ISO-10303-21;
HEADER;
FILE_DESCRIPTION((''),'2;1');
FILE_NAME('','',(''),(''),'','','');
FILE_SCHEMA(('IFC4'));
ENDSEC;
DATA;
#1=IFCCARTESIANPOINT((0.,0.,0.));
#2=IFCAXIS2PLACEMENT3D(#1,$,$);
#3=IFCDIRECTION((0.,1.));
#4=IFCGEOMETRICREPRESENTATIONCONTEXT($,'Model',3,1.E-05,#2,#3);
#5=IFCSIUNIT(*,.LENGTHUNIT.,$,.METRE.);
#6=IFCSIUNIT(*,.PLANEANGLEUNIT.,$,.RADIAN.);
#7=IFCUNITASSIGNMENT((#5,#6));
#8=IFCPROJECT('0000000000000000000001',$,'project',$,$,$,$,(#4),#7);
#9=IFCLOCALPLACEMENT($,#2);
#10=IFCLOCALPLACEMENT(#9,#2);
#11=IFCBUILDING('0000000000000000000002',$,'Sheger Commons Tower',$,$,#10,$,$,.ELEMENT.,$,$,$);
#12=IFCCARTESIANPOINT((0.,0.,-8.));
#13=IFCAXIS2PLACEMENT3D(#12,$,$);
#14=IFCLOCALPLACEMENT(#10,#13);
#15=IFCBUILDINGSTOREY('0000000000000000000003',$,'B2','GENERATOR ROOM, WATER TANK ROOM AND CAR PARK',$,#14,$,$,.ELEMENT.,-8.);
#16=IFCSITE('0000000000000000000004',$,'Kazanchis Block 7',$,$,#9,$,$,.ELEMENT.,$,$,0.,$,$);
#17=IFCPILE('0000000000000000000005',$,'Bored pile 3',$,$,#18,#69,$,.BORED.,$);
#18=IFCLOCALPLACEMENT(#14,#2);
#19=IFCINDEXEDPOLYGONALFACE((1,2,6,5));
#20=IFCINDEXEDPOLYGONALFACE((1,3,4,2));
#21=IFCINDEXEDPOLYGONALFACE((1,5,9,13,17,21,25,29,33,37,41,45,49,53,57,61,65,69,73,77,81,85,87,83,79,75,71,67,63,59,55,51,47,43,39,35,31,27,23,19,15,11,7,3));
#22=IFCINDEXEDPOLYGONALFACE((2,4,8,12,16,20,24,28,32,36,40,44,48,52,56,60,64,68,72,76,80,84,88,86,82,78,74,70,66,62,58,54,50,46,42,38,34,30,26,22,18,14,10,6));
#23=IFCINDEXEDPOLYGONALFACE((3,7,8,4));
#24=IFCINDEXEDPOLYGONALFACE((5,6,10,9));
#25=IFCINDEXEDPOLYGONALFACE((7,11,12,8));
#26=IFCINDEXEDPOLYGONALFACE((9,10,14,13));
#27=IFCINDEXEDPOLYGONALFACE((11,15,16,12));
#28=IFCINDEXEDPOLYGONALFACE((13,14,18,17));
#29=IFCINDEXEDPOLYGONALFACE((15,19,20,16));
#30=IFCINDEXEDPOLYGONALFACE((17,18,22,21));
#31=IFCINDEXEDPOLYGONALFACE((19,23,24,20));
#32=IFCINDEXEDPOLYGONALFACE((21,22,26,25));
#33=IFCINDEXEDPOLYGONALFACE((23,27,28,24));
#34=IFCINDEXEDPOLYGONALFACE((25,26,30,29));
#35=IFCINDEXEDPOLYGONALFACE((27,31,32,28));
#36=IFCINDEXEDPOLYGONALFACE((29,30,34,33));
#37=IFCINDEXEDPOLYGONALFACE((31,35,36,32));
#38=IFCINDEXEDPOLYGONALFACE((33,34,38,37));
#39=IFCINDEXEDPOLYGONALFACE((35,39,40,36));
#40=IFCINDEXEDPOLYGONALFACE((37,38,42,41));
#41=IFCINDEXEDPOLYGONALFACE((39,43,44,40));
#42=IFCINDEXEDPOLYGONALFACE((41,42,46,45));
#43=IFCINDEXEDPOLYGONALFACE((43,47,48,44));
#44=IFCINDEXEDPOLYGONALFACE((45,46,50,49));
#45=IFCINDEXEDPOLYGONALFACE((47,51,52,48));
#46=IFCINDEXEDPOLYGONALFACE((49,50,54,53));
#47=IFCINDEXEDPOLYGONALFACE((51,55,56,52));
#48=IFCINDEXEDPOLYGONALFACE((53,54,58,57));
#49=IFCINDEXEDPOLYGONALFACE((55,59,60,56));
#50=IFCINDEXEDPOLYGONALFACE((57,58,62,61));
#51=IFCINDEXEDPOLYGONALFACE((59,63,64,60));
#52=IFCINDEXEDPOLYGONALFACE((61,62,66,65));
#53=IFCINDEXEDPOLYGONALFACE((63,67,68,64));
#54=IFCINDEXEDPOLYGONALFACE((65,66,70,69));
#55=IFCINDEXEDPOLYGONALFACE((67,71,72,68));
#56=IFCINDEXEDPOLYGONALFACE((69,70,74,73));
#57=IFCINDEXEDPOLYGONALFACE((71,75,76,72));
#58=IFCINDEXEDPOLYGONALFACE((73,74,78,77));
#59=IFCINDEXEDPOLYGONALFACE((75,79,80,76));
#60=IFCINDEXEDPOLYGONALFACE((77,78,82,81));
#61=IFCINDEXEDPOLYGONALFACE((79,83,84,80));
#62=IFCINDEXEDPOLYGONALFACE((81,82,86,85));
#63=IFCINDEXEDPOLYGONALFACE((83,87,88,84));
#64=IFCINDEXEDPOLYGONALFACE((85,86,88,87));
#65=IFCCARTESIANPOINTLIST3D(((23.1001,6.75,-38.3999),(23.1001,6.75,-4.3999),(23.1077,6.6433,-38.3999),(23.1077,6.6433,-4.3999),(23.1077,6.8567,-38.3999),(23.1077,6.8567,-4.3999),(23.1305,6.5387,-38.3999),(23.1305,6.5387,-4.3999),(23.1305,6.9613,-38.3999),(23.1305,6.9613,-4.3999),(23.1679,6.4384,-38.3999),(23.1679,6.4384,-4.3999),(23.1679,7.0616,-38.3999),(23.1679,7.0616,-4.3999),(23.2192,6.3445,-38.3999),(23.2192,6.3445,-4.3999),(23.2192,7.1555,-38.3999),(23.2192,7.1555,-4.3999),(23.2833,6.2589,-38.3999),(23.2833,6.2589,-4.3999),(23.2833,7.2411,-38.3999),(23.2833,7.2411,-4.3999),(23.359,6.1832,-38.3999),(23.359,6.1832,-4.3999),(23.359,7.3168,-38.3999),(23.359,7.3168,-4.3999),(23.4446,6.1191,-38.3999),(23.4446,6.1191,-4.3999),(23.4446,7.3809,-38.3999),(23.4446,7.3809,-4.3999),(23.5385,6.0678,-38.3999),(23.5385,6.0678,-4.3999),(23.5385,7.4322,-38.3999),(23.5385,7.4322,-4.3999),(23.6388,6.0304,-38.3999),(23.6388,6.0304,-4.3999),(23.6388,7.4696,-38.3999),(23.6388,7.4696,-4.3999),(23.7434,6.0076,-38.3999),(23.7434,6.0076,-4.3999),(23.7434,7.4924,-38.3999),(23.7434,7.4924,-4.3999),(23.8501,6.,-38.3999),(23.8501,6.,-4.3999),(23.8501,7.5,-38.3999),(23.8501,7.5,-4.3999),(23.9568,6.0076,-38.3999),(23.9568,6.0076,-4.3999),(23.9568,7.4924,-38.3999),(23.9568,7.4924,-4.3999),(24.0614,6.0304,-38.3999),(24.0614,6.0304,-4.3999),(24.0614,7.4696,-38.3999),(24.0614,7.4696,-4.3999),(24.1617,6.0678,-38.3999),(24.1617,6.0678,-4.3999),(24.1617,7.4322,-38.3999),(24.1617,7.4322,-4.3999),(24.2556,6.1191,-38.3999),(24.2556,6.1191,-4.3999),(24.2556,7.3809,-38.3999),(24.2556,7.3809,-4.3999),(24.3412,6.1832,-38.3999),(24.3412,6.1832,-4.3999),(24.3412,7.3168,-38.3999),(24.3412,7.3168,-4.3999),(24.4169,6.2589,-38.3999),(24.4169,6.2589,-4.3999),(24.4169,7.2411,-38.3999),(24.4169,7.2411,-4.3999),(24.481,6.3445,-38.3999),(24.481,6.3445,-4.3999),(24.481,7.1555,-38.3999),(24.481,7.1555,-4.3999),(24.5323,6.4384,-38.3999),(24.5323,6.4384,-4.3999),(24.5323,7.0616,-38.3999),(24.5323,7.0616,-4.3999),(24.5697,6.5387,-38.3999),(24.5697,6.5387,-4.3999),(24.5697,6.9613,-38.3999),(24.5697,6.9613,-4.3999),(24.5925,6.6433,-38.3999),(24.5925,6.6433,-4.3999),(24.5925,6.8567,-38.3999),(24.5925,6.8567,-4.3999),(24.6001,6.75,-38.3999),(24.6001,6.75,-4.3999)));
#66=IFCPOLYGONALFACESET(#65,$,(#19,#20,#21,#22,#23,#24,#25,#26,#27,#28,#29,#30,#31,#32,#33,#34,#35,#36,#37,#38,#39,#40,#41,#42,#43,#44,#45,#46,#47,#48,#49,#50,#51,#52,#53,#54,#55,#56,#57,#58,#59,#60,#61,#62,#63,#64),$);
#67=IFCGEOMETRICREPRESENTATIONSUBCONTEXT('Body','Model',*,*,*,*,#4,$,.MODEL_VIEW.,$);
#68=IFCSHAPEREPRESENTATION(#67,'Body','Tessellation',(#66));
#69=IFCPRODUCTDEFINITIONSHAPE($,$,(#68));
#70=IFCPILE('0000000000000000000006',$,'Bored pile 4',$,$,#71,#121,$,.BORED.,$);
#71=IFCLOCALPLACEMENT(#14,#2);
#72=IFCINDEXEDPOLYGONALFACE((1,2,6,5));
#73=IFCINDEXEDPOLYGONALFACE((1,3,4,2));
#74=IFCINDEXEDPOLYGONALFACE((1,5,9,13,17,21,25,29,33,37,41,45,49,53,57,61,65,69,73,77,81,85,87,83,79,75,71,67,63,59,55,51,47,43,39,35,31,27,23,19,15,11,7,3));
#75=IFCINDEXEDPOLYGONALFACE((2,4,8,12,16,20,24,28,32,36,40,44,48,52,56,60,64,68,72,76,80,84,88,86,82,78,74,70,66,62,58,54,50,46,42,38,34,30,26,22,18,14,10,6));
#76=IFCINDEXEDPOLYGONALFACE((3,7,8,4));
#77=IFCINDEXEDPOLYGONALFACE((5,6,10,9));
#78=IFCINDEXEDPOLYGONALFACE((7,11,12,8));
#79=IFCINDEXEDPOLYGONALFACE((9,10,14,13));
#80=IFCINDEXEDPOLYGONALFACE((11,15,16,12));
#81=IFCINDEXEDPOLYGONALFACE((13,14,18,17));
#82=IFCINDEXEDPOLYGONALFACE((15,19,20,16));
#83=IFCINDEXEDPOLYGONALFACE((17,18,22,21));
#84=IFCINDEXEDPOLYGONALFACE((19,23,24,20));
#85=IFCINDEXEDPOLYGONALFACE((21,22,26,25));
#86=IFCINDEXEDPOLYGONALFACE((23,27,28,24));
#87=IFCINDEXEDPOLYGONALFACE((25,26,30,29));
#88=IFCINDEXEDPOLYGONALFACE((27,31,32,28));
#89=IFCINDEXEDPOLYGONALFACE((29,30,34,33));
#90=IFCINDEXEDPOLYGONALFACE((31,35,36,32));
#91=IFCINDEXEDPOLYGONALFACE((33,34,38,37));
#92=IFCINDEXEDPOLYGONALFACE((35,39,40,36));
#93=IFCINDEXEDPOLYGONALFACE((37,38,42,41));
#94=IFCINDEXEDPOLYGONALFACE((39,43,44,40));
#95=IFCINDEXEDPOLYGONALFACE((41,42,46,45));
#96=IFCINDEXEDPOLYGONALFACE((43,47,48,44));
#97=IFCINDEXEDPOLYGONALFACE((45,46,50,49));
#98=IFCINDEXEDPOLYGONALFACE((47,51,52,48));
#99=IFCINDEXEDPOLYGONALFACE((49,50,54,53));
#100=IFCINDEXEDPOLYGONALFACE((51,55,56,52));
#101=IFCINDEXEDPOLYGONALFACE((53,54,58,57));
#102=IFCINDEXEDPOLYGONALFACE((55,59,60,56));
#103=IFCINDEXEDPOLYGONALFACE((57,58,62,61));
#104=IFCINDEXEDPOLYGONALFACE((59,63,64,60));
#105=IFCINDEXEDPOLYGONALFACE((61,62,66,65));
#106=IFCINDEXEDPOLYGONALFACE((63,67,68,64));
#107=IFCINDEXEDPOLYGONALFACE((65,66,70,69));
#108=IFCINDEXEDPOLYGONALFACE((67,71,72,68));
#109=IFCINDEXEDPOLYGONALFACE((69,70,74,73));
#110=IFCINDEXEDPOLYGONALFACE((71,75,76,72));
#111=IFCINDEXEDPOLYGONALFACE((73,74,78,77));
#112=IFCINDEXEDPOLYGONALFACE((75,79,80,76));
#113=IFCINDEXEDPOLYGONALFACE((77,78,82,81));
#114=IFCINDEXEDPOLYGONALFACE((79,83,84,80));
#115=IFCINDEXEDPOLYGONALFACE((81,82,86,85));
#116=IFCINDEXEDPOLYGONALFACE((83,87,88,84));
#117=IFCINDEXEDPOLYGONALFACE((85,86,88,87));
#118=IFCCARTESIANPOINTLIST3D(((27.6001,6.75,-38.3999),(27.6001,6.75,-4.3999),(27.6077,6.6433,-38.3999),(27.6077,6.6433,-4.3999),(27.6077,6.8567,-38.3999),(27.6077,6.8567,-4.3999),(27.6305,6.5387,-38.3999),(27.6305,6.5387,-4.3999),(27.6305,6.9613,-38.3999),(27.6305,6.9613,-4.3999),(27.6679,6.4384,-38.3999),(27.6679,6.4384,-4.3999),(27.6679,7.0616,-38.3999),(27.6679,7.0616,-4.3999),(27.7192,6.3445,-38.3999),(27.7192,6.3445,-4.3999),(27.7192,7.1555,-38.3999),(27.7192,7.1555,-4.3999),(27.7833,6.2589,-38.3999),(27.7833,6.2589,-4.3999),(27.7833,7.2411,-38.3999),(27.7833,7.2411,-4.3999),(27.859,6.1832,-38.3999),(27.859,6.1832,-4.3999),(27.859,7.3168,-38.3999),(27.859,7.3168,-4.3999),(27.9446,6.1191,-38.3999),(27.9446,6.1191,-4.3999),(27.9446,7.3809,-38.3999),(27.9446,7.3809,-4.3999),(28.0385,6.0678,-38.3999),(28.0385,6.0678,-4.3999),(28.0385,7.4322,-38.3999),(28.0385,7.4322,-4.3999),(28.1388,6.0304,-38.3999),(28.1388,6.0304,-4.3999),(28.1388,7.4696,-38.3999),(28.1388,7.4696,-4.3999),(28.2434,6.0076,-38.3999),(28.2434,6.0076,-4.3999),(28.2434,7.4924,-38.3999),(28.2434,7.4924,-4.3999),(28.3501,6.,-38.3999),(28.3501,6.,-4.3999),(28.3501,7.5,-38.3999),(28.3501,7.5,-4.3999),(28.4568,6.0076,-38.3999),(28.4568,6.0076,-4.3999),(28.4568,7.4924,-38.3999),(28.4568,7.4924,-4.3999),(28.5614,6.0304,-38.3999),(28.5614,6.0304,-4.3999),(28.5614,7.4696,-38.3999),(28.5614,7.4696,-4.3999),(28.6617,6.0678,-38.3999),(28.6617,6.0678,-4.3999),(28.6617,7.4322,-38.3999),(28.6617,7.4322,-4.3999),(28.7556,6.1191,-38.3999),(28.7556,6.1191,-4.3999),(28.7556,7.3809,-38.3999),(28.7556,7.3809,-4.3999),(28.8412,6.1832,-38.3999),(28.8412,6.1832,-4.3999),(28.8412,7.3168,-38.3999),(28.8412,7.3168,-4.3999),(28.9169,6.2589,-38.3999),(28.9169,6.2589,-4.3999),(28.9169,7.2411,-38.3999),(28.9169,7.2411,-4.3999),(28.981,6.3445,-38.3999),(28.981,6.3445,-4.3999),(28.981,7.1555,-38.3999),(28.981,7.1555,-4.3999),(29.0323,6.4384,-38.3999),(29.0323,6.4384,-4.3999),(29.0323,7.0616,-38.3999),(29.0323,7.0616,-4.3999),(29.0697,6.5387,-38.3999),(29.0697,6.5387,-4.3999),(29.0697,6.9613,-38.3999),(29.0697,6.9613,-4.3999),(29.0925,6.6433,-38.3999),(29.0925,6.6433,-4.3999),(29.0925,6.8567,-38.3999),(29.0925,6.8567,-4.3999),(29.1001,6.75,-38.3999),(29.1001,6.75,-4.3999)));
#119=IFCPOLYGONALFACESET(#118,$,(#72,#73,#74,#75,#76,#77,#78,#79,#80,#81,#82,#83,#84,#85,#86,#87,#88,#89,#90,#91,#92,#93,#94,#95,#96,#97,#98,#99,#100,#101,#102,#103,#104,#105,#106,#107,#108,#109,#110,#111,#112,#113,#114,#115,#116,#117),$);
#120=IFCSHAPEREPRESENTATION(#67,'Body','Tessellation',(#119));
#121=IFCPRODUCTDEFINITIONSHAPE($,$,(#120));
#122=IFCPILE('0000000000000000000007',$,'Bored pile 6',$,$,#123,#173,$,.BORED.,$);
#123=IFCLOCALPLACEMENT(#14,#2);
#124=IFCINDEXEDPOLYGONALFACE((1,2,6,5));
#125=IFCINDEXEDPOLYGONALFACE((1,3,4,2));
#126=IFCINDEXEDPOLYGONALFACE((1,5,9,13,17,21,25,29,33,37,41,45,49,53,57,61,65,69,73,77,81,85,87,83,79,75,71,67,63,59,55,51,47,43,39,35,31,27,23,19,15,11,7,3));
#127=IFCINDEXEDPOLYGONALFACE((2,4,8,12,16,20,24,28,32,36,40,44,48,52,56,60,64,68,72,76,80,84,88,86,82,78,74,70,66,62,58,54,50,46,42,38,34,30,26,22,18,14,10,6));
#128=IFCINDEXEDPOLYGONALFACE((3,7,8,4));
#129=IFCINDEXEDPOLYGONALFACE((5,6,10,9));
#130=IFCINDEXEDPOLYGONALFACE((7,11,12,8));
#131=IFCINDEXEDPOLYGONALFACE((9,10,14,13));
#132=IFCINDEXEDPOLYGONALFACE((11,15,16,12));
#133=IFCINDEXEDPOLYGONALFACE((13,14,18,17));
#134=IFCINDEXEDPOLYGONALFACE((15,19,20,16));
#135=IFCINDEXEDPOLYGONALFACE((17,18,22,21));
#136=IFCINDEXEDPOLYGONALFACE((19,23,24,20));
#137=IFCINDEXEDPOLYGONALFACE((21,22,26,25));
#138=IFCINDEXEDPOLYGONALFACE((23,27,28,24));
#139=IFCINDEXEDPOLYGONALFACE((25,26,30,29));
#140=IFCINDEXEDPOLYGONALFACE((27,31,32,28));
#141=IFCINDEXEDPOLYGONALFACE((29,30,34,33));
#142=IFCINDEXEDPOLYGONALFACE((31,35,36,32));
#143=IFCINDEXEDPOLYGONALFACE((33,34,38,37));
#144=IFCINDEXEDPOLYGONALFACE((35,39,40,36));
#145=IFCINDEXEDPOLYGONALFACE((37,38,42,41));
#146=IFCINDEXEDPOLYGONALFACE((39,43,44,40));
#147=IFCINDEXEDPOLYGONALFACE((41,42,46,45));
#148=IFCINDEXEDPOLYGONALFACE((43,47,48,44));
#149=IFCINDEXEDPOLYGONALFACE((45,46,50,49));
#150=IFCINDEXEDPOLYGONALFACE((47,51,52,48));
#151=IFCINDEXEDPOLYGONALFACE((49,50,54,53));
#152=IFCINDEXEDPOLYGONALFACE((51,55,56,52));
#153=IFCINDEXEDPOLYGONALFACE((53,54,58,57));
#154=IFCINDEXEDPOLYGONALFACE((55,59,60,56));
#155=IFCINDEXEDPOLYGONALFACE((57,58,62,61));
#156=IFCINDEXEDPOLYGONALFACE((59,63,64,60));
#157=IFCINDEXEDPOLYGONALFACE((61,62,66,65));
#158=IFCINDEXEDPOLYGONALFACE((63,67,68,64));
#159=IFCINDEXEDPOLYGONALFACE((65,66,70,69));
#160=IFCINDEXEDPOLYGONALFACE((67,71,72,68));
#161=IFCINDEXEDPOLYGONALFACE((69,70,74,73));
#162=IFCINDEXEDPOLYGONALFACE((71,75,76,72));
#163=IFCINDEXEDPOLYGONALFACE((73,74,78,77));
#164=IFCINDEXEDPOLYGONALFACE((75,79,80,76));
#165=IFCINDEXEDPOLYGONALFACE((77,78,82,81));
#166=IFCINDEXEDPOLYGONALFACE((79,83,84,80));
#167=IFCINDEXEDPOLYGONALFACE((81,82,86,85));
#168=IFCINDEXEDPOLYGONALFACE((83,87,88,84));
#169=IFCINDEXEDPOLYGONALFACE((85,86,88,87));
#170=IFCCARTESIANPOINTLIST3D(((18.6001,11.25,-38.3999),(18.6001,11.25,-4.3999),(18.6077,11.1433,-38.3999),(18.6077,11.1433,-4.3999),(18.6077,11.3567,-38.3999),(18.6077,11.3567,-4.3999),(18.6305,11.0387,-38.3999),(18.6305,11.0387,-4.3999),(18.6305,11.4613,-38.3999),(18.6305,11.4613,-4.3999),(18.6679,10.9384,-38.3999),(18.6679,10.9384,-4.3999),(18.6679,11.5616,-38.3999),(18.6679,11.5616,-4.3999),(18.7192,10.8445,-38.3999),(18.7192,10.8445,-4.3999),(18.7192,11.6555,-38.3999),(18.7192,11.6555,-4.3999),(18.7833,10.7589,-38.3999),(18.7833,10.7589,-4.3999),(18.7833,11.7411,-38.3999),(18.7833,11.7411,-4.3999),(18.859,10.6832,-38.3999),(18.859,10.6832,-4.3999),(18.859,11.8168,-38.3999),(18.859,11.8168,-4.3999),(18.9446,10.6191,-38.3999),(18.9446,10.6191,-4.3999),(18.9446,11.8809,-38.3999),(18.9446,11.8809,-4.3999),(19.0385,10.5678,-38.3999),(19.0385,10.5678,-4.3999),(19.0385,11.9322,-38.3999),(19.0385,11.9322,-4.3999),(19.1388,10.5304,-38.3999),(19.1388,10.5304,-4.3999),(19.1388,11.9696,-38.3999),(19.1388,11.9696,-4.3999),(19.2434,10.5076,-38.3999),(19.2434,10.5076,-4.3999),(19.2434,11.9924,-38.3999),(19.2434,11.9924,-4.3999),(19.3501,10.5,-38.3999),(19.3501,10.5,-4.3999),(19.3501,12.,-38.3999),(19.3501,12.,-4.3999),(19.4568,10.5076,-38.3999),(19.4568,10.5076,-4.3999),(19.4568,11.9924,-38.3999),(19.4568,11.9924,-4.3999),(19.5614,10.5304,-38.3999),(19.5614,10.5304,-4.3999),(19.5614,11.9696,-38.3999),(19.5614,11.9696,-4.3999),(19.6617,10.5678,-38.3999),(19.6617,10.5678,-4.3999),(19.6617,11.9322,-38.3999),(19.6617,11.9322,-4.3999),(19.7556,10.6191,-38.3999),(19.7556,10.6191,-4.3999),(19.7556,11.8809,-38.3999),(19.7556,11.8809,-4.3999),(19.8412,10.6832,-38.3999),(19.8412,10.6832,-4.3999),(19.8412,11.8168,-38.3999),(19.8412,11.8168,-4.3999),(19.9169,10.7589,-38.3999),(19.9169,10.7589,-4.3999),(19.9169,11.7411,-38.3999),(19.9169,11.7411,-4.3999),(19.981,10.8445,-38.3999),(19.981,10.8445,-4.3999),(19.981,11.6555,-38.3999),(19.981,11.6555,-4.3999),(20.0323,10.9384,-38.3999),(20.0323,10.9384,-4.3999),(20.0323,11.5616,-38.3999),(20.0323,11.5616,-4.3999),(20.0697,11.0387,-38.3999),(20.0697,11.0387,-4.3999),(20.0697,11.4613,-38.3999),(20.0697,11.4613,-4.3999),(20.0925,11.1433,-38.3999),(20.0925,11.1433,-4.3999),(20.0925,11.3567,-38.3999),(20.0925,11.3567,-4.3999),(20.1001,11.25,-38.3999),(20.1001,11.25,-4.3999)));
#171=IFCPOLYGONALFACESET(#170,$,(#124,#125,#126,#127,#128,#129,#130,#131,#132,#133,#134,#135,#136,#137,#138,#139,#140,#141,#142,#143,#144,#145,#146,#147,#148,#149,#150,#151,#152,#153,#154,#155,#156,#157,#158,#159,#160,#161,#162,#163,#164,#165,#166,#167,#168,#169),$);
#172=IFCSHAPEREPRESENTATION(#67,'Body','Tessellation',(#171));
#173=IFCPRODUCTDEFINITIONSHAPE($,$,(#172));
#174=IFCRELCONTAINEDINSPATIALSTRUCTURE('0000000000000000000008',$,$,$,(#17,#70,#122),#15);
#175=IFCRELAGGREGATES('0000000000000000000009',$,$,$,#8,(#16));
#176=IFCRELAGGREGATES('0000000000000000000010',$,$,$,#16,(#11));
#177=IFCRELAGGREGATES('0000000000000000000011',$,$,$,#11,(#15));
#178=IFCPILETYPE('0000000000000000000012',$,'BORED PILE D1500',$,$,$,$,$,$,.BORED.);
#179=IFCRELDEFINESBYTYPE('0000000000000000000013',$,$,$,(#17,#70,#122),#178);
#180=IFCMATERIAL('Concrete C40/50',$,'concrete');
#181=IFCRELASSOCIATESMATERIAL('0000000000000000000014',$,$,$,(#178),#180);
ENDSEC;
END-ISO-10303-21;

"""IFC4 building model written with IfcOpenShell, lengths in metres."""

from ifc_helpers import new_model, si_unit, direction, frame, origin, origin_2d, place, context, subcontext, project, spatial, circle, extrude, material, material_profile, profile_set, type_object, element, save


model = new_model("IFC4")

# Units and contexts
model_context = context("Model", 3, precision=1e-05, world=origin(), true_north=direction((0.0, 1.0)))
body_context = subcontext(model_context, "Body", "Model", "MODEL_VIEW")
ifc_project = project(units=[si_unit("LENGTHUNIT", "METRE"), si_unit("PLANEANGLEUNIT", "RADIAN")], contexts=[model_context])

# Site, building, storey
site_placement = place(None, origin())
site = spatial("IfcSite", under=ifc_project, at=site_placement, Name="Kazanchis Block 7", CompositionType="ELEMENT", RefElevation=0.0)
building_placement = place(site_placement, origin())
building = spatial("IfcBuilding", under=site, at=building_placement, Name="Sheger Commons Tower", CompositionType="ELEMENT")
storey_placement = place(building_placement, frame((0.0, 0.0, -8.0)))
storey = spatial("IfcBuildingStorey", under=building, at=storey_placement, Name="B2", Description="GENERATOR ROOM, WATER TANK ROOM AND CAR PARK", CompositionType="ELEMENT", Elevation=-8.0)

# Piles
ifc_material_1 = material(Name="Concrete C40/50", Category="concrete")
ifc_material_profile_1 = material_profile(ifc_material_1, circle(Radius=0.75, at=origin_2d()), Name="PILE D1500")
ifc_profile_set_1 = profile_set([ifc_material_profile_1], Name="Concrete C40/50")
pile_type_1 = type_object("IfcPileType", Name="BORED PILE D1500", PredefinedType="BORED", material=ifc_profile_set_1)
for number, where, z_axis, x_axis, name in (
    (1, (23.8501, 6.75, -4.3999), (0.0, 0.0, -1.0), (1.0, 0.0, 0.0), "Bored pile 3"),
    (2, (28.3501, 6.75, -4.3999), (0.0, 0.0, -1.0), (1.0, 0.0, 0.0), "Bored pile 4"),
    (3, (19.3501, 11.25, -4.3999), (0.0, 0.0, -1.0), (1.0, 0.0, 0.0), "Bored pile 6"),
):
    element("IfcPile", number, at=place(storey_placement, frame(where, z_axis=z_axis, x_axis=x_axis)), inside=storey, type_object=pile_type_1, Name=name, PredefinedType="BORED", context=body_context, shape_type="SweptSolid", body=[
        extrude(circle(Radius=0.75, at=origin_2d()), origin(), (0.0, 0.0, 1.0), 34.0),
    ])

save(model, "model.ifc")
